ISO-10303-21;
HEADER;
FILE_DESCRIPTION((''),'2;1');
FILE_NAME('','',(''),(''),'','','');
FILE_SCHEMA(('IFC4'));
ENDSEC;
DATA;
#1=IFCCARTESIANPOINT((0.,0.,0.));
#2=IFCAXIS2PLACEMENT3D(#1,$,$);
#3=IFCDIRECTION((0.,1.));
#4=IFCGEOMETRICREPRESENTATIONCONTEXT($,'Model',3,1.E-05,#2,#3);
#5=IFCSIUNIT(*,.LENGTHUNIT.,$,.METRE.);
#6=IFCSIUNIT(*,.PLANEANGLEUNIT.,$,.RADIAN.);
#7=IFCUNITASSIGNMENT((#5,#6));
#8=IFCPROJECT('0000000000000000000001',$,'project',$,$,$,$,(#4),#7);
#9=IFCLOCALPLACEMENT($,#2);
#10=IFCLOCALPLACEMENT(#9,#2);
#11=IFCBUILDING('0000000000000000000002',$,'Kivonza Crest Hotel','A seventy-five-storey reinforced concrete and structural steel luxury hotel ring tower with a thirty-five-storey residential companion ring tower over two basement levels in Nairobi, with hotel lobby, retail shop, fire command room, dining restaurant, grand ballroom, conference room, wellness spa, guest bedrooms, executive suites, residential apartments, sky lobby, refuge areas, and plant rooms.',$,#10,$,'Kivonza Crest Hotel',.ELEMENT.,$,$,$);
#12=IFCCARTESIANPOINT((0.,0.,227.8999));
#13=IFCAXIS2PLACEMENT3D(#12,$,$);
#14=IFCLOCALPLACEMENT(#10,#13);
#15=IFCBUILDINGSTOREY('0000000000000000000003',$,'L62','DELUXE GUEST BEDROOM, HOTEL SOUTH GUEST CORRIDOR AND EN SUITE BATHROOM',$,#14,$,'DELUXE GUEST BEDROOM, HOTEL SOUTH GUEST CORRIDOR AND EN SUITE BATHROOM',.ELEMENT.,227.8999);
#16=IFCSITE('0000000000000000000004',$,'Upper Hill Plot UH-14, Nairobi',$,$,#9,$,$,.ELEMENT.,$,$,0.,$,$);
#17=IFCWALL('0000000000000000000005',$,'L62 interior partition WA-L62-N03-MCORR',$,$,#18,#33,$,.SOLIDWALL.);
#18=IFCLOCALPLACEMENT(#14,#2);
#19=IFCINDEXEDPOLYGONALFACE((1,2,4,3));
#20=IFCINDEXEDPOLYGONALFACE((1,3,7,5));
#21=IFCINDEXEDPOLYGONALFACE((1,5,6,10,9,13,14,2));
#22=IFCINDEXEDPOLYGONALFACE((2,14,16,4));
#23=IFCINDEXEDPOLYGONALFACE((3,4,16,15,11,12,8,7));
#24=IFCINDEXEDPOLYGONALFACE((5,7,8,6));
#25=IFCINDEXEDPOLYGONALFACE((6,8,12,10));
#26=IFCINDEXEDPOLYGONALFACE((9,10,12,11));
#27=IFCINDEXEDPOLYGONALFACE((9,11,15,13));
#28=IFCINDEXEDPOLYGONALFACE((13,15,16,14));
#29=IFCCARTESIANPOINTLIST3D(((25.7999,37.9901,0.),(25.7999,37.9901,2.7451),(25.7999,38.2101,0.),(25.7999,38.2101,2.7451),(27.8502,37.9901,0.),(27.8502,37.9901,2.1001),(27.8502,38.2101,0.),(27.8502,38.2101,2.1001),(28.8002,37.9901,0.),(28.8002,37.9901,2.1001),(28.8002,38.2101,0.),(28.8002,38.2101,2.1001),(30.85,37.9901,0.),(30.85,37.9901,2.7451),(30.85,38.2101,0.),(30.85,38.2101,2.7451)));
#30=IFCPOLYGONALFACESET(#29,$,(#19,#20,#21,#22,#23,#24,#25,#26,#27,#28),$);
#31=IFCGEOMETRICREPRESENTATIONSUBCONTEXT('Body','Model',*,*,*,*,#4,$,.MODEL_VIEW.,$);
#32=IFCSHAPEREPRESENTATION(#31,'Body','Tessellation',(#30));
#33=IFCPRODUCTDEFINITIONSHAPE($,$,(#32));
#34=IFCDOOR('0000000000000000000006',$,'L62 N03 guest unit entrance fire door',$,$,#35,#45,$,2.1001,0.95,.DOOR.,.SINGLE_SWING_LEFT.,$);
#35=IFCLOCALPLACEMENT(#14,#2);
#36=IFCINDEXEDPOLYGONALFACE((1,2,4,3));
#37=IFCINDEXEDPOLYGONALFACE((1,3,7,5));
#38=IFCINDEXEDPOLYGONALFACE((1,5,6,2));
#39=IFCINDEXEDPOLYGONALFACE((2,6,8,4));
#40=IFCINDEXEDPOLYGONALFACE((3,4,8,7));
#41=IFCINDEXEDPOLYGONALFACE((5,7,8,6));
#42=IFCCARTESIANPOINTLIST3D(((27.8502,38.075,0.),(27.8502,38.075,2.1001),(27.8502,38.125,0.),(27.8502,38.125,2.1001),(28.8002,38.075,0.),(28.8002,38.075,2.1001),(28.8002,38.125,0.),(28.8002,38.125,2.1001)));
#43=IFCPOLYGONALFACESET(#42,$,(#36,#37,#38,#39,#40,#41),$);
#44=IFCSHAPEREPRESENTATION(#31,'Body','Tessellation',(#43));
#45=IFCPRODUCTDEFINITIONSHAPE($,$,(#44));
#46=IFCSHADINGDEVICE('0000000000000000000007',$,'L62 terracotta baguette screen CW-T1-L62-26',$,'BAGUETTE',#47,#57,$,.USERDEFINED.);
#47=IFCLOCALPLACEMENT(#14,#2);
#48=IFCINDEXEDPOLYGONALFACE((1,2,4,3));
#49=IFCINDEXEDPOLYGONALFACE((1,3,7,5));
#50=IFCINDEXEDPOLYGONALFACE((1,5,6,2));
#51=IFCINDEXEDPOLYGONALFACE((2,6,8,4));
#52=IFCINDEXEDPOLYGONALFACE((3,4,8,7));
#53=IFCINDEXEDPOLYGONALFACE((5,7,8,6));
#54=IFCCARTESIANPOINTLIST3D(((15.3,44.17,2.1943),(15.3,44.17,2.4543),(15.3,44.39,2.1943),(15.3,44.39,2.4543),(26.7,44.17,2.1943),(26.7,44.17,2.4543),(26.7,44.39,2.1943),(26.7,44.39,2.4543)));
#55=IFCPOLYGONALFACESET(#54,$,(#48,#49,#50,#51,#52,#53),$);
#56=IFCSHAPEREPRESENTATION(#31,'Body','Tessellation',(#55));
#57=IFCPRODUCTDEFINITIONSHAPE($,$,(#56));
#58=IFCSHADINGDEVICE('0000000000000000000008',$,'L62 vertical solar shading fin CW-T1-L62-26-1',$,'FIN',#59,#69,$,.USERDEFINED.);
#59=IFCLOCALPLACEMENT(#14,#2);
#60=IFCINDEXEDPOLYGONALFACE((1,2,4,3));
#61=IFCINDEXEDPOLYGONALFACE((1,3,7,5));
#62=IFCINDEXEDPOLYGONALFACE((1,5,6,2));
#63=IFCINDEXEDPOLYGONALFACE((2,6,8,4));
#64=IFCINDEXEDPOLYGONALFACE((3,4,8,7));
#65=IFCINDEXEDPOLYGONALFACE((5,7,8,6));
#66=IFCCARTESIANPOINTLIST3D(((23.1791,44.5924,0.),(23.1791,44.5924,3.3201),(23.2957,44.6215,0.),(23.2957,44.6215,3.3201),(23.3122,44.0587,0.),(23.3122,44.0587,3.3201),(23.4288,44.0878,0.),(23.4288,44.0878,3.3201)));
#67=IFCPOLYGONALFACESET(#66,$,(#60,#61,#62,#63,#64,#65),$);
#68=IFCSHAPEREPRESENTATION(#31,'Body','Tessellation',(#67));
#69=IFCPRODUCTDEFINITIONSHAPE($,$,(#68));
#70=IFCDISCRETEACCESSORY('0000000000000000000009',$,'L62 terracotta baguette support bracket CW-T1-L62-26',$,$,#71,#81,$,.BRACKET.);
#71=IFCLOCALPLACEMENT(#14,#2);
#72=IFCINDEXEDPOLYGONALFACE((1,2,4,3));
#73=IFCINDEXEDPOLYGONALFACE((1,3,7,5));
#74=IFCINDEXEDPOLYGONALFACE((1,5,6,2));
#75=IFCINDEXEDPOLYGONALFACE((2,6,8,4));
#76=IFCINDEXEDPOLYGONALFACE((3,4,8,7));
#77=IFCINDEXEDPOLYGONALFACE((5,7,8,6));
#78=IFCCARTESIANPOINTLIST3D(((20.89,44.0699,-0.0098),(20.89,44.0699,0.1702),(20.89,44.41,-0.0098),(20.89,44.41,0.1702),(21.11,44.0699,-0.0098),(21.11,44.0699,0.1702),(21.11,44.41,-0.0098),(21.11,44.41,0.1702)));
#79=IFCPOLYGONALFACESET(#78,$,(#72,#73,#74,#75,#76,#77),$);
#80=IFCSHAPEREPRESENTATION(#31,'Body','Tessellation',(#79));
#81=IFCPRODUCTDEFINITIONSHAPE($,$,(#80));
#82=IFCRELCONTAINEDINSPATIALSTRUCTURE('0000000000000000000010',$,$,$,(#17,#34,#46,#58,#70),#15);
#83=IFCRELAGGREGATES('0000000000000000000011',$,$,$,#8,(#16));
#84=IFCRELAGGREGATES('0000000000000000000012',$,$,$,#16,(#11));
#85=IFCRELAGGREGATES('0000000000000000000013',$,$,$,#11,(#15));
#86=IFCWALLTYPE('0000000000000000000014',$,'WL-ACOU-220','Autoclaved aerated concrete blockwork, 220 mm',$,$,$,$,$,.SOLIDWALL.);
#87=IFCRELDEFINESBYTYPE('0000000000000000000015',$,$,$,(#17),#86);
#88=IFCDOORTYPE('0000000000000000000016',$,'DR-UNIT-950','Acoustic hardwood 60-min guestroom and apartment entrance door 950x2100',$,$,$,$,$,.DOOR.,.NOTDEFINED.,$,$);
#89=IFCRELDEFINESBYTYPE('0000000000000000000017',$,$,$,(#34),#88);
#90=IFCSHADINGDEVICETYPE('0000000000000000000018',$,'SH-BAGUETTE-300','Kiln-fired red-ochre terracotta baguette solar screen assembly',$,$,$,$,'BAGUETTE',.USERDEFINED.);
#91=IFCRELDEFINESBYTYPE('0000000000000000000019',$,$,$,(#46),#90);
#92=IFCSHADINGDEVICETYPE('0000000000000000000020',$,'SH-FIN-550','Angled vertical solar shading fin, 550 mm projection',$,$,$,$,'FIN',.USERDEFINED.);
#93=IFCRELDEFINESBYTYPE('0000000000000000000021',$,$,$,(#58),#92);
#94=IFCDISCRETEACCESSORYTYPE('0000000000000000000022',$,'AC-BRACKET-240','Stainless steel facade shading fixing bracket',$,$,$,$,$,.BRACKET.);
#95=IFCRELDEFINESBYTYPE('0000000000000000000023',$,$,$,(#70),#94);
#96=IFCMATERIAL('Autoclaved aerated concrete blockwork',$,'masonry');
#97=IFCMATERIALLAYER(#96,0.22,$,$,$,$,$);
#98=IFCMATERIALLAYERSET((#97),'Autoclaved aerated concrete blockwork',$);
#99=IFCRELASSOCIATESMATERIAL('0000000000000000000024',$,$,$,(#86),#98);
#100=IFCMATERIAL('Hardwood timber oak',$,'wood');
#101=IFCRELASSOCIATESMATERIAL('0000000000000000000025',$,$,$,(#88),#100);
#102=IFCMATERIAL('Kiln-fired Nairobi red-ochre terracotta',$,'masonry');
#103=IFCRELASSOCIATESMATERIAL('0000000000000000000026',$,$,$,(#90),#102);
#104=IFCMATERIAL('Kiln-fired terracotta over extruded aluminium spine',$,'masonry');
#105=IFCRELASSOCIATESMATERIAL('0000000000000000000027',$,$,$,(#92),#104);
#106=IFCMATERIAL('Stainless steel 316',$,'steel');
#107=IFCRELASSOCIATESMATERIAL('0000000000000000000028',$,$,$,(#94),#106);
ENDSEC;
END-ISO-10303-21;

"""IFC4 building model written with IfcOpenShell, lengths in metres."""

from ifc_helpers import new_model, si_unit, direction, frame, frame_2d, origin, origin_2d, place, context, subcontext, project, spatial, rectangle, extrude, material, layer, layer_set, type_object, element, fill, save


model = new_model("IFC4")

# Units and contexts
model_context = context("Model", 3, precision=1e-05, world=origin(), true_north=direction((0.0, 1.0)))
body_context = subcontext(model_context, "Body", "Model", "MODEL_VIEW")
ifc_project = project(units=[si_unit("LENGTHUNIT", "METRE"), si_unit("PLANEANGLEUNIT", "RADIAN")], contexts=[model_context])

# Site, building, storey
site_placement = place(None, origin())
site = spatial("IfcSite", under=ifc_project, at=site_placement, Name="Upper Hill Plot UH-14, Nairobi", CompositionType="ELEMENT", RefElevation=0.0)
building_placement = place(site_placement, origin())
building = spatial("IfcBuilding", under=site, at=building_placement, Name="Kivonza Crest Hotel", Description="A seventy-five-storey reinforced concrete and structural steel luxury hotel ring tower with a thirty-five-storey residential companion ring tower over two basement levels in Nairobi, with hotel lobby, retail shop, fire command room, dining restaurant, grand ballroom, conference room, wellness spa, guest bedrooms, executive suites, residential apartments, sky lobby, refuge areas, and plant rooms.", LongName="Kivonza Crest Hotel", CompositionType="ELEMENT")
storey_placement = place(building_placement, frame((0.0, 0.0, 227.8999)))
storey = spatial("IfcBuildingStorey", under=building, at=storey_placement, Name="L62", Description="DELUXE GUEST BEDROOM, HOTEL SOUTH GUEST CORRIDOR AND EN SUITE BATHROOM", LongName="DELUXE GUEST BEDROOM, HOTEL SOUTH GUEST CORRIDOR AND EN SUITE BATHROOM", CompositionType="ELEMENT", Elevation=227.8999)

# Shared definitions
ifc_material_1 = material(Name="Autoclaved aerated concrete blockwork", Category="masonry")
ifc_layer_1 = layer(ifc_material_1, 0.22)
ifc_layer_set_1 = layer_set([ifc_layer_1], Name="Autoclaved aerated concrete blockwork")
wall_type_1 = type_object("IfcWallType", Name="WL-ACOU-220", Description="Autoclaved aerated concrete blockwork, 220 mm", PredefinedType="SOLIDWALL", material=ifc_layer_set_1)

# Wall, opening, door
wall_1_placement = place(storey_placement, frame((25.8, 38.1001, 0.0), z_axis=(0.0, 0.0, 1.0), x_axis=(1.0, 0.0, 0.0)))
wall_1 = element("IfcWall", 1, at=wall_1_placement, inside=storey, type_object=wall_type_1, Name="L62 interior partition WA-L62-N03-MCORR", PredefinedType="SOLIDWALL", context=body_context, shape_type="SweptSolid", body=[
    extrude(rectangle(XDim=5.05, YDim=0.22, at=frame_2d((2.5249, 0.0))), origin(), (0.0, 0.0, 1.0), 2.7451),
])
opening_placement = place(wall_1_placement, frame((2.05, 0.0, 0.0)))
opening = element("IfcOpeningElement", 2, at=opening_placement, cuts=wall_1, PredefinedType="OPENING", context=body_context, shape_type="SweptSolid", body=[
    extrude(rectangle(XDim=0.95, YDim=2.1001, at=frame_2d((0.4751, 1.05))), frame((0.0, 0.1201, 0.0), z_axis=(0.0, -1.0, 0.0), x_axis=(1.0, 0.0, 0.0)), (0.0, 0.0, 1.0), 0.24),
])
ifc_material_2 = material(Name="Hardwood timber oak", Category="wood")
door_type = type_object("IfcDoorType", Name="DR-UNIT-950", Description="Acoustic hardwood 60-min guestroom and apartment entrance door 950x2100", OperationType="NOTDEFINED", PredefinedType="DOOR", material=ifc_material_2)
door_placement = place(opening_placement, origin())
door = element("IfcDoor", 3, at=door_placement, inside=storey, type_object=door_type, Name="L62 N03 guest unit entrance fire door", OperationType="SINGLE_SWING_LEFT", OverallHeight=2.1001, OverallWidth=0.95, PredefinedType="DOOR", context=body_context, shape_type="SweptSolid", body=[
    extrude(rectangle(XDim=0.95, YDim=2.1001, at=frame_2d((0.4751, 1.05))), frame((0.0, 0.0249, 0.0), z_axis=(0.0, -1.0, 0.0), x_axis=(1.0, 0.0, 0.0)), (0.0, 0.0, 1.0), 0.05),
])
fill(opening, door)

# Shading devices
ifc_material_3 = material(Name="Kiln-fired Nairobi red-ochre terracotta", Category="masonry")
shading_device_type_1 = type_object("IfcShadingDeviceType", Name="SH-BAGUETTE-300", Description="Kiln-fired red-ochre terracotta baguette solar screen assembly", ElementType="BAGUETTE", PredefinedType="USERDEFINED", material=ifc_material_3)
shading_device_1_placement = place(storey_placement, frame((21.0, 44.28, 2.1943), z_axis=(0.0, 0.0, 1.0), x_axis=(-1.0, 0.0, 0.0)))
element("IfcShadingDevice", 4, at=shading_device_1_placement, inside=storey, type_object=shading_device_type_1, Name="L62 terracotta baguette screen CW-T1-L62-26", ObjectType="BAGUETTE", PredefinedType="USERDEFINED", context=body_context, shape_type="SweptSolid", body=[
    extrude(rectangle(XDim=11.3999, YDim=0.22, at=origin_2d()), origin(), (0.0, 0.0, 1.0), 0.26),
])
ifc_material_4 = material(Name="Kiln-fired terracotta over extruded aluminium spine", Category="masonry")
shading_device_type_2 = type_object("IfcShadingDeviceType", Name="SH-FIN-550", Description="Angled vertical solar shading fin, 550 mm projection", ElementType="FIN", PredefinedType="USERDEFINED", material=ifc_material_4)
shading_device_2_placement = place(storey_placement, frame((23.304, 44.3401, 0.0), z_axis=(0.0, 0.0, 1.0), x_axis=(-0.970296, -0.241922, 0.0)))
element("IfcShadingDevice", 5, at=shading_device_2_placement, inside=storey, type_object=shading_device_type_2, Name="L62 vertical solar shading fin CW-T1-L62-26-1", ObjectType="FIN", PredefinedType="USERDEFINED", context=body_context, shape_type="SweptSolid", body=[
    extrude(rectangle(XDim=0.1201, YDim=0.55, at=origin_2d()), origin(), (0.0, 0.0, 1.0), 3.3201),
])

# Discrete accessory
ifc_material_5 = material(Name="Stainless steel 316", Category="steel")
discrete_accessory_type = type_object("IfcDiscreteAccessoryType", Name="AC-BRACKET-240", Description="Stainless steel facade shading fixing bracket", PredefinedType="BRACKET", material=ifc_material_5)
discrete_accessory_placement = place(storey_placement, frame((21.0, 44.24, -0.0098), z_axis=(0.0, 0.0, 1.0), x_axis=(-1.0, 0.0, 0.0)))
element("IfcDiscreteAccessory", 6, at=discrete_accessory_placement, inside=storey, type_object=discrete_accessory_type, Name="L62 terracotta baguette support bracket CW-T1-L62-26", PredefinedType="BRACKET", context=body_context, shape_type="SweptSolid", body=[
    extrude(rectangle(XDim=0.22, YDim=0.3401, at=origin_2d()), origin(), (0.0, 0.0, 1.0), 0.1799),
])

save(model, "model.ifc")
